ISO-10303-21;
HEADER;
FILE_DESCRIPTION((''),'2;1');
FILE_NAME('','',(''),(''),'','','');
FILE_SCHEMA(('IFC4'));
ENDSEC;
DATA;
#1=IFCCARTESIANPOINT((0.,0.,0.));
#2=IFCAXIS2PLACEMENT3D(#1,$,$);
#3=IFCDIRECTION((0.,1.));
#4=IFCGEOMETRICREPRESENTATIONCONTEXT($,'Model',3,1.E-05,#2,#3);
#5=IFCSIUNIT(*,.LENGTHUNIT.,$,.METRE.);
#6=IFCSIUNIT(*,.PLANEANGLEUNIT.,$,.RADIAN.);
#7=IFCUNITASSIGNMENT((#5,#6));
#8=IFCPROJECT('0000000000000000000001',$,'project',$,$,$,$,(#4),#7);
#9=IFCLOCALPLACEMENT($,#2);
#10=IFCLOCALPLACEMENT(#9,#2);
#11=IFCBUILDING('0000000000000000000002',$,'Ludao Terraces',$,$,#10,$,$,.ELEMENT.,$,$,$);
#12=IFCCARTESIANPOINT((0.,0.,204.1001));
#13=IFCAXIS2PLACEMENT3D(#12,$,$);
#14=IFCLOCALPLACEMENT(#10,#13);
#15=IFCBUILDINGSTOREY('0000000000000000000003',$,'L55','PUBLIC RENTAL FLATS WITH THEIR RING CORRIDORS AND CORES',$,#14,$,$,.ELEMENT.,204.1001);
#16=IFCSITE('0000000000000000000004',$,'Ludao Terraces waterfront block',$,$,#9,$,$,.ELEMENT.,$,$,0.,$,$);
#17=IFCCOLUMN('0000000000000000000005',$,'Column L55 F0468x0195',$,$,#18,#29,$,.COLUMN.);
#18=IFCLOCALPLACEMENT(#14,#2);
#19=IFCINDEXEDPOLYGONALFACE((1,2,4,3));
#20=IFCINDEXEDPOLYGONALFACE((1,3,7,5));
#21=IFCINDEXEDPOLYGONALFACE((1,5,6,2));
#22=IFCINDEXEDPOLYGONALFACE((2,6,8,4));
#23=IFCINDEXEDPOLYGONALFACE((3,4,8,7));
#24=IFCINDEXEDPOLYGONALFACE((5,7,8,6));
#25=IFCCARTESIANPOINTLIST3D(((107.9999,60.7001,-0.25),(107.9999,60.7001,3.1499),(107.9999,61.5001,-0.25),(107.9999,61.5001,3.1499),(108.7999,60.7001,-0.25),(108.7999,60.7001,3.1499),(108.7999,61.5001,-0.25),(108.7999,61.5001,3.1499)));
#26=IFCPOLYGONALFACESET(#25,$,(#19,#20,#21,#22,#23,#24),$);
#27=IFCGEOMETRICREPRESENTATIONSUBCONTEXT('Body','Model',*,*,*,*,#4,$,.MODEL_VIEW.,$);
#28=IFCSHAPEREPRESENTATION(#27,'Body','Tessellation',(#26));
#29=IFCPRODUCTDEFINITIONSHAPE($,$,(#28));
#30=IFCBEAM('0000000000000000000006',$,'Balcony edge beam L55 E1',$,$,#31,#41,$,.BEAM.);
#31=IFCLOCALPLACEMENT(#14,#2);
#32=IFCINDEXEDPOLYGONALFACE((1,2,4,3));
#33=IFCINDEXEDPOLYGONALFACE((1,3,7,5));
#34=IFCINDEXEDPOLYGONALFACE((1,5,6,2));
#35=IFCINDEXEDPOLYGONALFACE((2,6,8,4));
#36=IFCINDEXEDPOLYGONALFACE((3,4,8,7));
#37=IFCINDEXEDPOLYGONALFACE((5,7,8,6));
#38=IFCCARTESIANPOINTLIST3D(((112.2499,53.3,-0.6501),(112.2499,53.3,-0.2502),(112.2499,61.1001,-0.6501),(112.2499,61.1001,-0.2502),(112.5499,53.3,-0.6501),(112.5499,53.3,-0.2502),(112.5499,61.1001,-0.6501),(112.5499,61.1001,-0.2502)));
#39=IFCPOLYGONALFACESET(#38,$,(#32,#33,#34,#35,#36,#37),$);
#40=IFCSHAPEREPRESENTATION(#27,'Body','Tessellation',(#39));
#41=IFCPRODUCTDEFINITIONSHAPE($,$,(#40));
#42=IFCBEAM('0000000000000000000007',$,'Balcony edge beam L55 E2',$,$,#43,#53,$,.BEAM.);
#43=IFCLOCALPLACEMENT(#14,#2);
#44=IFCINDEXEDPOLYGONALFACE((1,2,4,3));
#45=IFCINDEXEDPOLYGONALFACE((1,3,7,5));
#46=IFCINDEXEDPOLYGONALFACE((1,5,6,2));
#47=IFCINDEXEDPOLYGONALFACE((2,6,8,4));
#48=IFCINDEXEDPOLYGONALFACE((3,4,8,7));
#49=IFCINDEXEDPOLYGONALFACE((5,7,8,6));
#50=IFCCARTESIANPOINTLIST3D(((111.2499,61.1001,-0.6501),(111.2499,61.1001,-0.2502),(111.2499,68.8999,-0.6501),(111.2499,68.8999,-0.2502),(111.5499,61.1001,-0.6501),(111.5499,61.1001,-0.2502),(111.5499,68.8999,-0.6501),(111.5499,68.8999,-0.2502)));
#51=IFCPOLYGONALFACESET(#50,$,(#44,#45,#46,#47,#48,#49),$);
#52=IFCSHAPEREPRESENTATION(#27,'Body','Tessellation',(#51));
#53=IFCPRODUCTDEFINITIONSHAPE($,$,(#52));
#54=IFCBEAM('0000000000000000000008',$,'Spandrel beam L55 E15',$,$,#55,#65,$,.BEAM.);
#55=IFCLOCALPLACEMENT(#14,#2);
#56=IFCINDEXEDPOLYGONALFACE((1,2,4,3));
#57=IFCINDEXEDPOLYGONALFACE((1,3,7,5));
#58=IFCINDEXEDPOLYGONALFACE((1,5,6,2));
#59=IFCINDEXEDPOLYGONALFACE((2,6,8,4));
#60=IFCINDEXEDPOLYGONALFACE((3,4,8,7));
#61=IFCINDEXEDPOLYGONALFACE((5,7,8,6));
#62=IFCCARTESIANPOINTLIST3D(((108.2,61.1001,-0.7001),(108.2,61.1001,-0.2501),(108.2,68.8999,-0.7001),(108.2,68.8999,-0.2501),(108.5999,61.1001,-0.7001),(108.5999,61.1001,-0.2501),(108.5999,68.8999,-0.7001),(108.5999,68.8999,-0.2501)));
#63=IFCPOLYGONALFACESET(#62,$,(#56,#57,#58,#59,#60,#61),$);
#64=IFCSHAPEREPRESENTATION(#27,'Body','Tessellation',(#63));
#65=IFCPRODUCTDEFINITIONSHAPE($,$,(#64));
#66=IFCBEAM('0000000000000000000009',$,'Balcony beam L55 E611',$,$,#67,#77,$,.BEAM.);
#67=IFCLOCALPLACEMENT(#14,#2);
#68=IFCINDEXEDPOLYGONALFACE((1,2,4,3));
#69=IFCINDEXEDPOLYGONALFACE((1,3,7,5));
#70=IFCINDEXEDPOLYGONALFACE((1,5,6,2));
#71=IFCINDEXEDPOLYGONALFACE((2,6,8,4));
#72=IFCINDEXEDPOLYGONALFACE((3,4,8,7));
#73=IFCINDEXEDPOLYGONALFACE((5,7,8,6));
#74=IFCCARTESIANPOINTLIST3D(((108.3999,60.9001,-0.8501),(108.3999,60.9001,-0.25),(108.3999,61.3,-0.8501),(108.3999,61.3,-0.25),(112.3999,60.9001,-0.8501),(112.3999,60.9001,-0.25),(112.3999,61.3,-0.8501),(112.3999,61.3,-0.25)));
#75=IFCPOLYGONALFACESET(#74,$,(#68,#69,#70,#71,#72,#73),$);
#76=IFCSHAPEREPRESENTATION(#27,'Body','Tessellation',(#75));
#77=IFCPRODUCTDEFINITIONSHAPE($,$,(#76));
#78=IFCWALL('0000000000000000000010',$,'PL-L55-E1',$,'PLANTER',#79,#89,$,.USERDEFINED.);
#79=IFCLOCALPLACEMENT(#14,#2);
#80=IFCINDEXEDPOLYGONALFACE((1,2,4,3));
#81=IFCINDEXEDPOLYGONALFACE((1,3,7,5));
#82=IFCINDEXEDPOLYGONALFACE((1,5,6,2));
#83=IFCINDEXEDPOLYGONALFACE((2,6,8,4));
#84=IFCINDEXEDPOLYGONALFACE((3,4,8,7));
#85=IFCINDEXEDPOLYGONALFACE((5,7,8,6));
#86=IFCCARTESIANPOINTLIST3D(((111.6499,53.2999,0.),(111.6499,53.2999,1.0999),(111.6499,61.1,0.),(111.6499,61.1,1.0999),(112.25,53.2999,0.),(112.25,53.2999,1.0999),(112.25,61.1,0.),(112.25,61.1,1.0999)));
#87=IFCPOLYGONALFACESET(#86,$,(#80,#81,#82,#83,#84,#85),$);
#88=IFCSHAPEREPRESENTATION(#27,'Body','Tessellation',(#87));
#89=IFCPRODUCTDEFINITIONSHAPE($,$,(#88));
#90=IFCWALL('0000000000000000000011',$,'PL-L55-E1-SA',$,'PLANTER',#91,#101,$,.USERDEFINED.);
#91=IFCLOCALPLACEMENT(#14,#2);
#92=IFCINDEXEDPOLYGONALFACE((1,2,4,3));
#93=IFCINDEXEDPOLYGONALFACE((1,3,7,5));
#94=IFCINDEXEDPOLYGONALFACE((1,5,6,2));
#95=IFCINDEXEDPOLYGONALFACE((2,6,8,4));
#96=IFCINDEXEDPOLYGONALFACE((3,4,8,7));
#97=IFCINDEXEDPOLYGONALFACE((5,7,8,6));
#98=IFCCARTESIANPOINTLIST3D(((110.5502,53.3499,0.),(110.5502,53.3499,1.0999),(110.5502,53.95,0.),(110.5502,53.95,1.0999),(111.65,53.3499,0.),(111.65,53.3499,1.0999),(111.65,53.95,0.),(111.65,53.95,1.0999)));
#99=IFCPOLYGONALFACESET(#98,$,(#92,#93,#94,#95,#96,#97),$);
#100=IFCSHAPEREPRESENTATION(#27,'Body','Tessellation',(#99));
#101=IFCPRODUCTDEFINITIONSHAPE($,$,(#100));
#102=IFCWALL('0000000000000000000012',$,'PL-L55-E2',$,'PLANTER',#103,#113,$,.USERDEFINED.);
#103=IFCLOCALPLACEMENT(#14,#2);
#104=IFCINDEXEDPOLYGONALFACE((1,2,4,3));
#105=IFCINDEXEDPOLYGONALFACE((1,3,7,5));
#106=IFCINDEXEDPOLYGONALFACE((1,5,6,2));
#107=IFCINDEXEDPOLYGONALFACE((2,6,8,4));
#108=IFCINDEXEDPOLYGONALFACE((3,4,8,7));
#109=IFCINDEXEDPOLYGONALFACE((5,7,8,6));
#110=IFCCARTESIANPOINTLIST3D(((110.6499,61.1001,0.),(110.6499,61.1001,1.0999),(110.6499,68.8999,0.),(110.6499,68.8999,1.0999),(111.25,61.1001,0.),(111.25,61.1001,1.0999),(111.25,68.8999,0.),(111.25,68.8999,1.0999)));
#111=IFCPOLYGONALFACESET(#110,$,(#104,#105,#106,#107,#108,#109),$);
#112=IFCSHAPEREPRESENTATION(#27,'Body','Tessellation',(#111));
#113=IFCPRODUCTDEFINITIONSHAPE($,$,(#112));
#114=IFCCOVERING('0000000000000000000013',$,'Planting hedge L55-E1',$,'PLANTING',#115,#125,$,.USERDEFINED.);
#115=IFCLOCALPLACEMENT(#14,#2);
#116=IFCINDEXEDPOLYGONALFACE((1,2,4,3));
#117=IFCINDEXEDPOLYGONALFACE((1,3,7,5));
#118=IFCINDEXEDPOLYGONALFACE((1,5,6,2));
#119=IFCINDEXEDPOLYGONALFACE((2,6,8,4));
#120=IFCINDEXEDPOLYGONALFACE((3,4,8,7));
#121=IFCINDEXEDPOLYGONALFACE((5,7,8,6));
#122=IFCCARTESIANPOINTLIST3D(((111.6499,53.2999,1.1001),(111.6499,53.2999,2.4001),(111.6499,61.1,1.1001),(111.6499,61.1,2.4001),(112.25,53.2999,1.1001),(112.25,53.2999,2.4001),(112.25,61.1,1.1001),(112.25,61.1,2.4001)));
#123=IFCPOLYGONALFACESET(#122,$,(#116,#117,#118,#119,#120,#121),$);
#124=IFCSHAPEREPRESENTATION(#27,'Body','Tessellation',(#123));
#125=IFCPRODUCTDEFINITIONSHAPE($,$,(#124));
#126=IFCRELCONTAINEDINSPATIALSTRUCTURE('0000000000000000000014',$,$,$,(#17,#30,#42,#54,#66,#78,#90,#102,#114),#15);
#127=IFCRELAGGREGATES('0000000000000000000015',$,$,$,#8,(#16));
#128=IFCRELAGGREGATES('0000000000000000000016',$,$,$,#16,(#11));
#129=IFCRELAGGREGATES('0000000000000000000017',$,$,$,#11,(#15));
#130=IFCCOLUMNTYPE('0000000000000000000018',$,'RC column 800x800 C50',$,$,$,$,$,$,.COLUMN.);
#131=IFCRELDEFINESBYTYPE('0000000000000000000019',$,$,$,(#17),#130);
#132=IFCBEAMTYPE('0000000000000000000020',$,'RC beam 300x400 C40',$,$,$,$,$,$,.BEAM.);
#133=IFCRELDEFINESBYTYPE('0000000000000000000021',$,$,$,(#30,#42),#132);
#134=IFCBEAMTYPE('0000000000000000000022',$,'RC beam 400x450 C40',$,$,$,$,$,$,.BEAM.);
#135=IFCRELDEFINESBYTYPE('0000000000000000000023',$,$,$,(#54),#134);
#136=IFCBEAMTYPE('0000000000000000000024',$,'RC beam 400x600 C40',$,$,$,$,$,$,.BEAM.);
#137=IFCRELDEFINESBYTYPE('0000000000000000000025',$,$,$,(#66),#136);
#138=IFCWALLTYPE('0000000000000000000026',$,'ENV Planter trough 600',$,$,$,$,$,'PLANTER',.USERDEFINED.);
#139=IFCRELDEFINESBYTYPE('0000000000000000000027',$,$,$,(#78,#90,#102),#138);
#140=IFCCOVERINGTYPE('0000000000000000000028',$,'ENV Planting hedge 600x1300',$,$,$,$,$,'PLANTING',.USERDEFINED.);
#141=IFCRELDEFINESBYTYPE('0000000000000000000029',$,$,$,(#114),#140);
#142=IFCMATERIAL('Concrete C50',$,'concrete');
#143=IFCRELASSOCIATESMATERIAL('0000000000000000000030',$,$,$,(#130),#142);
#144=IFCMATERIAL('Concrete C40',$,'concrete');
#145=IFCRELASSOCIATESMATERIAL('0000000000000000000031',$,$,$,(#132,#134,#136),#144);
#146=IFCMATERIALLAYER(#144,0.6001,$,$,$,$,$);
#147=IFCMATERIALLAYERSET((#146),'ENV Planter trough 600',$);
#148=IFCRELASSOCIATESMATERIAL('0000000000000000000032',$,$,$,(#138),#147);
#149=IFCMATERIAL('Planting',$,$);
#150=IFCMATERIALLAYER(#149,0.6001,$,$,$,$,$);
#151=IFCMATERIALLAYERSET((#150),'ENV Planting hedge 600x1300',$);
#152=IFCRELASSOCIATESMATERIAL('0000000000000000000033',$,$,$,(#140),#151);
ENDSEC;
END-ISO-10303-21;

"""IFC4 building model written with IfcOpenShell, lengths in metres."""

from ifc_helpers import new_model, si_unit, direction, frame, frame_2d, origin, origin_2d, place, context, subcontext, project, spatial, rectangle, extrude, material, layer, layer_set, material_profile, profile_set, type_object, element, save


model = new_model("IFC4")

# Units and contexts
model_context = context("Model", 3, precision=1e-05, world=origin(), true_north=direction((0.0, 1.0)))
body_context = subcontext(model_context, "Body", "Model", "MODEL_VIEW")
ifc_project = project(units=[si_unit("LENGTHUNIT", "METRE"), si_unit("PLANEANGLEUNIT", "RADIAN")], contexts=[model_context])

# Site, building, storey
site_placement = place(None, origin())
site = spatial("IfcSite", under=ifc_project, at=site_placement, Name="Ludao Terraces waterfront block", CompositionType="ELEMENT", RefElevation=0.0)
building_placement = place(site_placement, origin())
building = spatial("IfcBuilding", under=site, at=building_placement, Name="Ludao Terraces", CompositionType="ELEMENT")
storey_placement = place(building_placement, frame((0.0, 0.0, 204.1001)))
storey = spatial("IfcBuildingStorey", under=building, at=storey_placement, Name="L55", Description="PUBLIC RENTAL FLATS WITH THEIR RING CORRIDORS AND CORES", CompositionType="ELEMENT", Elevation=204.1001)

# Column
ifc_material_1 = material(Name="Concrete C50", Category="concrete")
ifc_material_profile_1 = material_profile(ifc_material_1, rectangle(XDim=0.8, YDim=0.8, at=origin_2d()), Name="800 X 800")
ifc_profile_set_1 = profile_set([ifc_material_profile_1], Name="Concrete C50")
column_type = type_object("IfcColumnType", Name="RC column 800x800 C50", PredefinedType="COLUMN", material=ifc_profile_set_1)
column_placement = place(storey_placement, frame((108.3999, 61.1001, -0.25), z_axis=(0.0, 0.0, 1.0), x_axis=(1.0, 0.0, 0.0)))
element("IfcColumn", 1, at=column_placement, inside=storey, type_object=column_type, Name="Column L55 F0468x0195", PredefinedType="COLUMN", context=body_context, shape_type="SweptSolid", body=[
    extrude(rectangle(XDim=0.8, YDim=0.8, at=origin_2d()), origin(), (0.0, 0.0, 1.0), 3.3999),
])

# Beams
ifc_material_2 = material(Name="Concrete C40", Category="concrete")
ifc_material_profile_2 = material_profile(ifc_material_2, rectangle(XDim=0.3, YDim=0.3999, at=origin_2d()), Name="300 X 400")
ifc_profile_set_2 = profile_set([ifc_material_profile_2], Name="Concrete C40")
beam_type_1 = type_object("IfcBeamType", Name="RC beam 300x400 C40", PredefinedType="BEAM", material=ifc_profile_set_2)
beam_1_placement = place(storey_placement, frame((112.3999, 53.3, -0.4502), z_axis=(0.0, 1.0, 0.0), x_axis=(-1.0, 0.0, 0.0)))
element("IfcBeam", 2, at=beam_1_placement, inside=storey, type_object=beam_type_1, Name="Balcony edge beam L55 E1", PredefinedType="BEAM", context=body_context, shape_type="SweptSolid", body=[
    extrude(rectangle(XDim=0.3, YDim=0.3999, at=origin_2d()), origin(), (0.0, 0.0, 1.0), 7.8),
])
beam_2_placement = place(storey_placement, frame((111.3999, 61.1001, -0.4502), z_axis=(0.0, 1.0, 0.0), x_axis=(-1.0, 0.0, 0.0)))
element("IfcBeam", 3, at=beam_2_placement, inside=storey, type_object=beam_type_1, Name="Balcony edge beam L55 E2", PredefinedType="BEAM", context=body_context, shape_type="SweptSolid", body=[
    extrude(rectangle(XDim=0.3, YDim=0.3999, at=origin_2d()), origin(), (0.0, 0.0, 1.0), 7.7998),
])
ifc_material_profile_3 = material_profile(ifc_material_2, rectangle(XDim=0.3999, YDim=0.45, at=origin_2d()), Name="400 X 450")
ifc_profile_set_3 = profile_set([ifc_material_profile_3], Name="Concrete C40")
beam_type_2 = type_object("IfcBeamType", Name="RC beam 400x450 C40", PredefinedType="BEAM", material=ifc_profile_set_3)
beam_3_placement = place(storey_placement, frame((108.3999, 61.1001, -0.4751), z_axis=(0.0, 1.0, 0.0), x_axis=(-1.0, 0.0, 0.0)))
element("IfcBeam", 4, at=beam_3_placement, inside=storey, type_object=beam_type_2, Name="Spandrel beam L55 E15", PredefinedType="BEAM", context=body_context, shape_type="SweptSolid", body=[
    extrude(rectangle(XDim=0.3999, YDim=0.45, at=origin_2d()), origin(), (0.0, 0.0, 1.0), 7.7998),
])
ifc_material_profile_4 = material_profile(ifc_material_2, rectangle(XDim=0.3999, YDim=0.6001, at=origin_2d()), Name="400 X 600")
ifc_profile_set_4 = profile_set([ifc_material_profile_4], Name="Concrete C40")
beam_type_3 = type_object("IfcBeamType", Name="RC beam 400x600 C40", PredefinedType="BEAM", material=ifc_profile_set_4)
beam_4_placement = place(storey_placement, frame((108.3999, 61.1001, -0.55), z_axis=(1.0, 0.0, 0.0), x_axis=(0.0, 1.0, 0.0)))
element("IfcBeam", 5, at=beam_4_placement, inside=storey, type_object=beam_type_3, Name="Balcony beam L55 E611", PredefinedType="BEAM", context=body_context, shape_type="SweptSolid", body=[
    extrude(rectangle(XDim=0.3999, YDim=0.6001, at=origin_2d()), origin(), (0.0, 0.0, 1.0), 4.0),
])

# Walls
ifc_layer_1 = layer(ifc_material_2, 0.6001)
ifc_layer_set_1 = layer_set([ifc_layer_1], Name="ENV Planter trough 600")
wall_type = type_object("IfcWallType", Name="ENV Planter trough 600", ElementType="PLANTER", PredefinedType="USERDEFINED", material=ifc_layer_set_1)
wall_1_placement = place(storey_placement, frame((111.95, 53.3, 0.0), z_axis=(0.0, 0.0, 1.0), x_axis=(0.0, 1.0, 0.0)))
element("IfcWall", 6, at=wall_1_placement, inside=storey, type_object=wall_type, Name="PL-L55-E1", ObjectType="PLANTER", PredefinedType="USERDEFINED", context=body_context, shape_type="SweptSolid", body=[
    extrude(rectangle(XDim=7.8, YDim=0.6001, at=frame_2d((3.8999, 0.0))), origin(), (0.0, 0.0, 1.0), 1.0999),
])
wall_2_placement = place(storey_placement, frame((111.6499, 53.6499, 0.0), z_axis=(0.0, 0.0, 1.0), x_axis=(-1.0, 0.0, 0.0)))
element("IfcWall", 7, at=wall_2_placement, inside=storey, type_object=wall_type, Name="PL-L55-E1-SA", ObjectType="PLANTER", PredefinedType="USERDEFINED", context=body_context, shape_type="SweptSolid", body=[
    extrude(rectangle(XDim=1.0999, YDim=0.6001, at=frame_2d((0.5498, 0.0))), origin(), (0.0, 0.0, 1.0), 1.0999),
])
wall_3_placement = place(storey_placement, frame((110.95, 61.1001, 0.0), z_axis=(0.0, 0.0, 1.0), x_axis=(0.0, 1.0, 0.0)))
element("IfcWall", 8, at=wall_3_placement, inside=storey, type_object=wall_type, Name="PL-L55-E2", ObjectType="PLANTER", PredefinedType="USERDEFINED", context=body_context, shape_type="SweptSolid", body=[
    extrude(rectangle(XDim=7.7998, YDim=0.6001, at=frame_2d((3.8999, 0.0))), origin(), (0.0, 0.0, 1.0), 1.0999),
])

# Covering
ifc_material_3 = material(Name="Planting")
ifc_layer_2 = layer(ifc_material_3, 0.6001)
ifc_layer_set_2 = layer_set([ifc_layer_2], Name="ENV Planting hedge 600x1300")
covering_type = type_object("IfcCoveringType", Name="ENV Planting hedge 600x1300", ElementType="PLANTING", PredefinedType="USERDEFINED", material=ifc_layer_set_2)
covering_placement = place(storey_placement, frame((111.95, 57.2, 1.1001), z_axis=(0.0, 0.0, 1.0), x_axis=(1.0, 0.0, 0.0)))
element("IfcCovering", 9, at=covering_placement, inside=storey, type_object=covering_type, Name="Planting hedge L55-E1", ObjectType="PLANTING", PredefinedType="USERDEFINED", context=body_context, shape_type="SweptSolid", body=[
    extrude(rectangle(XDim=0.6001, YDim=7.8, at=origin_2d()), origin(), (0.0, 0.0, 1.0), 1.3),
])

save(model, "model.ifc")
